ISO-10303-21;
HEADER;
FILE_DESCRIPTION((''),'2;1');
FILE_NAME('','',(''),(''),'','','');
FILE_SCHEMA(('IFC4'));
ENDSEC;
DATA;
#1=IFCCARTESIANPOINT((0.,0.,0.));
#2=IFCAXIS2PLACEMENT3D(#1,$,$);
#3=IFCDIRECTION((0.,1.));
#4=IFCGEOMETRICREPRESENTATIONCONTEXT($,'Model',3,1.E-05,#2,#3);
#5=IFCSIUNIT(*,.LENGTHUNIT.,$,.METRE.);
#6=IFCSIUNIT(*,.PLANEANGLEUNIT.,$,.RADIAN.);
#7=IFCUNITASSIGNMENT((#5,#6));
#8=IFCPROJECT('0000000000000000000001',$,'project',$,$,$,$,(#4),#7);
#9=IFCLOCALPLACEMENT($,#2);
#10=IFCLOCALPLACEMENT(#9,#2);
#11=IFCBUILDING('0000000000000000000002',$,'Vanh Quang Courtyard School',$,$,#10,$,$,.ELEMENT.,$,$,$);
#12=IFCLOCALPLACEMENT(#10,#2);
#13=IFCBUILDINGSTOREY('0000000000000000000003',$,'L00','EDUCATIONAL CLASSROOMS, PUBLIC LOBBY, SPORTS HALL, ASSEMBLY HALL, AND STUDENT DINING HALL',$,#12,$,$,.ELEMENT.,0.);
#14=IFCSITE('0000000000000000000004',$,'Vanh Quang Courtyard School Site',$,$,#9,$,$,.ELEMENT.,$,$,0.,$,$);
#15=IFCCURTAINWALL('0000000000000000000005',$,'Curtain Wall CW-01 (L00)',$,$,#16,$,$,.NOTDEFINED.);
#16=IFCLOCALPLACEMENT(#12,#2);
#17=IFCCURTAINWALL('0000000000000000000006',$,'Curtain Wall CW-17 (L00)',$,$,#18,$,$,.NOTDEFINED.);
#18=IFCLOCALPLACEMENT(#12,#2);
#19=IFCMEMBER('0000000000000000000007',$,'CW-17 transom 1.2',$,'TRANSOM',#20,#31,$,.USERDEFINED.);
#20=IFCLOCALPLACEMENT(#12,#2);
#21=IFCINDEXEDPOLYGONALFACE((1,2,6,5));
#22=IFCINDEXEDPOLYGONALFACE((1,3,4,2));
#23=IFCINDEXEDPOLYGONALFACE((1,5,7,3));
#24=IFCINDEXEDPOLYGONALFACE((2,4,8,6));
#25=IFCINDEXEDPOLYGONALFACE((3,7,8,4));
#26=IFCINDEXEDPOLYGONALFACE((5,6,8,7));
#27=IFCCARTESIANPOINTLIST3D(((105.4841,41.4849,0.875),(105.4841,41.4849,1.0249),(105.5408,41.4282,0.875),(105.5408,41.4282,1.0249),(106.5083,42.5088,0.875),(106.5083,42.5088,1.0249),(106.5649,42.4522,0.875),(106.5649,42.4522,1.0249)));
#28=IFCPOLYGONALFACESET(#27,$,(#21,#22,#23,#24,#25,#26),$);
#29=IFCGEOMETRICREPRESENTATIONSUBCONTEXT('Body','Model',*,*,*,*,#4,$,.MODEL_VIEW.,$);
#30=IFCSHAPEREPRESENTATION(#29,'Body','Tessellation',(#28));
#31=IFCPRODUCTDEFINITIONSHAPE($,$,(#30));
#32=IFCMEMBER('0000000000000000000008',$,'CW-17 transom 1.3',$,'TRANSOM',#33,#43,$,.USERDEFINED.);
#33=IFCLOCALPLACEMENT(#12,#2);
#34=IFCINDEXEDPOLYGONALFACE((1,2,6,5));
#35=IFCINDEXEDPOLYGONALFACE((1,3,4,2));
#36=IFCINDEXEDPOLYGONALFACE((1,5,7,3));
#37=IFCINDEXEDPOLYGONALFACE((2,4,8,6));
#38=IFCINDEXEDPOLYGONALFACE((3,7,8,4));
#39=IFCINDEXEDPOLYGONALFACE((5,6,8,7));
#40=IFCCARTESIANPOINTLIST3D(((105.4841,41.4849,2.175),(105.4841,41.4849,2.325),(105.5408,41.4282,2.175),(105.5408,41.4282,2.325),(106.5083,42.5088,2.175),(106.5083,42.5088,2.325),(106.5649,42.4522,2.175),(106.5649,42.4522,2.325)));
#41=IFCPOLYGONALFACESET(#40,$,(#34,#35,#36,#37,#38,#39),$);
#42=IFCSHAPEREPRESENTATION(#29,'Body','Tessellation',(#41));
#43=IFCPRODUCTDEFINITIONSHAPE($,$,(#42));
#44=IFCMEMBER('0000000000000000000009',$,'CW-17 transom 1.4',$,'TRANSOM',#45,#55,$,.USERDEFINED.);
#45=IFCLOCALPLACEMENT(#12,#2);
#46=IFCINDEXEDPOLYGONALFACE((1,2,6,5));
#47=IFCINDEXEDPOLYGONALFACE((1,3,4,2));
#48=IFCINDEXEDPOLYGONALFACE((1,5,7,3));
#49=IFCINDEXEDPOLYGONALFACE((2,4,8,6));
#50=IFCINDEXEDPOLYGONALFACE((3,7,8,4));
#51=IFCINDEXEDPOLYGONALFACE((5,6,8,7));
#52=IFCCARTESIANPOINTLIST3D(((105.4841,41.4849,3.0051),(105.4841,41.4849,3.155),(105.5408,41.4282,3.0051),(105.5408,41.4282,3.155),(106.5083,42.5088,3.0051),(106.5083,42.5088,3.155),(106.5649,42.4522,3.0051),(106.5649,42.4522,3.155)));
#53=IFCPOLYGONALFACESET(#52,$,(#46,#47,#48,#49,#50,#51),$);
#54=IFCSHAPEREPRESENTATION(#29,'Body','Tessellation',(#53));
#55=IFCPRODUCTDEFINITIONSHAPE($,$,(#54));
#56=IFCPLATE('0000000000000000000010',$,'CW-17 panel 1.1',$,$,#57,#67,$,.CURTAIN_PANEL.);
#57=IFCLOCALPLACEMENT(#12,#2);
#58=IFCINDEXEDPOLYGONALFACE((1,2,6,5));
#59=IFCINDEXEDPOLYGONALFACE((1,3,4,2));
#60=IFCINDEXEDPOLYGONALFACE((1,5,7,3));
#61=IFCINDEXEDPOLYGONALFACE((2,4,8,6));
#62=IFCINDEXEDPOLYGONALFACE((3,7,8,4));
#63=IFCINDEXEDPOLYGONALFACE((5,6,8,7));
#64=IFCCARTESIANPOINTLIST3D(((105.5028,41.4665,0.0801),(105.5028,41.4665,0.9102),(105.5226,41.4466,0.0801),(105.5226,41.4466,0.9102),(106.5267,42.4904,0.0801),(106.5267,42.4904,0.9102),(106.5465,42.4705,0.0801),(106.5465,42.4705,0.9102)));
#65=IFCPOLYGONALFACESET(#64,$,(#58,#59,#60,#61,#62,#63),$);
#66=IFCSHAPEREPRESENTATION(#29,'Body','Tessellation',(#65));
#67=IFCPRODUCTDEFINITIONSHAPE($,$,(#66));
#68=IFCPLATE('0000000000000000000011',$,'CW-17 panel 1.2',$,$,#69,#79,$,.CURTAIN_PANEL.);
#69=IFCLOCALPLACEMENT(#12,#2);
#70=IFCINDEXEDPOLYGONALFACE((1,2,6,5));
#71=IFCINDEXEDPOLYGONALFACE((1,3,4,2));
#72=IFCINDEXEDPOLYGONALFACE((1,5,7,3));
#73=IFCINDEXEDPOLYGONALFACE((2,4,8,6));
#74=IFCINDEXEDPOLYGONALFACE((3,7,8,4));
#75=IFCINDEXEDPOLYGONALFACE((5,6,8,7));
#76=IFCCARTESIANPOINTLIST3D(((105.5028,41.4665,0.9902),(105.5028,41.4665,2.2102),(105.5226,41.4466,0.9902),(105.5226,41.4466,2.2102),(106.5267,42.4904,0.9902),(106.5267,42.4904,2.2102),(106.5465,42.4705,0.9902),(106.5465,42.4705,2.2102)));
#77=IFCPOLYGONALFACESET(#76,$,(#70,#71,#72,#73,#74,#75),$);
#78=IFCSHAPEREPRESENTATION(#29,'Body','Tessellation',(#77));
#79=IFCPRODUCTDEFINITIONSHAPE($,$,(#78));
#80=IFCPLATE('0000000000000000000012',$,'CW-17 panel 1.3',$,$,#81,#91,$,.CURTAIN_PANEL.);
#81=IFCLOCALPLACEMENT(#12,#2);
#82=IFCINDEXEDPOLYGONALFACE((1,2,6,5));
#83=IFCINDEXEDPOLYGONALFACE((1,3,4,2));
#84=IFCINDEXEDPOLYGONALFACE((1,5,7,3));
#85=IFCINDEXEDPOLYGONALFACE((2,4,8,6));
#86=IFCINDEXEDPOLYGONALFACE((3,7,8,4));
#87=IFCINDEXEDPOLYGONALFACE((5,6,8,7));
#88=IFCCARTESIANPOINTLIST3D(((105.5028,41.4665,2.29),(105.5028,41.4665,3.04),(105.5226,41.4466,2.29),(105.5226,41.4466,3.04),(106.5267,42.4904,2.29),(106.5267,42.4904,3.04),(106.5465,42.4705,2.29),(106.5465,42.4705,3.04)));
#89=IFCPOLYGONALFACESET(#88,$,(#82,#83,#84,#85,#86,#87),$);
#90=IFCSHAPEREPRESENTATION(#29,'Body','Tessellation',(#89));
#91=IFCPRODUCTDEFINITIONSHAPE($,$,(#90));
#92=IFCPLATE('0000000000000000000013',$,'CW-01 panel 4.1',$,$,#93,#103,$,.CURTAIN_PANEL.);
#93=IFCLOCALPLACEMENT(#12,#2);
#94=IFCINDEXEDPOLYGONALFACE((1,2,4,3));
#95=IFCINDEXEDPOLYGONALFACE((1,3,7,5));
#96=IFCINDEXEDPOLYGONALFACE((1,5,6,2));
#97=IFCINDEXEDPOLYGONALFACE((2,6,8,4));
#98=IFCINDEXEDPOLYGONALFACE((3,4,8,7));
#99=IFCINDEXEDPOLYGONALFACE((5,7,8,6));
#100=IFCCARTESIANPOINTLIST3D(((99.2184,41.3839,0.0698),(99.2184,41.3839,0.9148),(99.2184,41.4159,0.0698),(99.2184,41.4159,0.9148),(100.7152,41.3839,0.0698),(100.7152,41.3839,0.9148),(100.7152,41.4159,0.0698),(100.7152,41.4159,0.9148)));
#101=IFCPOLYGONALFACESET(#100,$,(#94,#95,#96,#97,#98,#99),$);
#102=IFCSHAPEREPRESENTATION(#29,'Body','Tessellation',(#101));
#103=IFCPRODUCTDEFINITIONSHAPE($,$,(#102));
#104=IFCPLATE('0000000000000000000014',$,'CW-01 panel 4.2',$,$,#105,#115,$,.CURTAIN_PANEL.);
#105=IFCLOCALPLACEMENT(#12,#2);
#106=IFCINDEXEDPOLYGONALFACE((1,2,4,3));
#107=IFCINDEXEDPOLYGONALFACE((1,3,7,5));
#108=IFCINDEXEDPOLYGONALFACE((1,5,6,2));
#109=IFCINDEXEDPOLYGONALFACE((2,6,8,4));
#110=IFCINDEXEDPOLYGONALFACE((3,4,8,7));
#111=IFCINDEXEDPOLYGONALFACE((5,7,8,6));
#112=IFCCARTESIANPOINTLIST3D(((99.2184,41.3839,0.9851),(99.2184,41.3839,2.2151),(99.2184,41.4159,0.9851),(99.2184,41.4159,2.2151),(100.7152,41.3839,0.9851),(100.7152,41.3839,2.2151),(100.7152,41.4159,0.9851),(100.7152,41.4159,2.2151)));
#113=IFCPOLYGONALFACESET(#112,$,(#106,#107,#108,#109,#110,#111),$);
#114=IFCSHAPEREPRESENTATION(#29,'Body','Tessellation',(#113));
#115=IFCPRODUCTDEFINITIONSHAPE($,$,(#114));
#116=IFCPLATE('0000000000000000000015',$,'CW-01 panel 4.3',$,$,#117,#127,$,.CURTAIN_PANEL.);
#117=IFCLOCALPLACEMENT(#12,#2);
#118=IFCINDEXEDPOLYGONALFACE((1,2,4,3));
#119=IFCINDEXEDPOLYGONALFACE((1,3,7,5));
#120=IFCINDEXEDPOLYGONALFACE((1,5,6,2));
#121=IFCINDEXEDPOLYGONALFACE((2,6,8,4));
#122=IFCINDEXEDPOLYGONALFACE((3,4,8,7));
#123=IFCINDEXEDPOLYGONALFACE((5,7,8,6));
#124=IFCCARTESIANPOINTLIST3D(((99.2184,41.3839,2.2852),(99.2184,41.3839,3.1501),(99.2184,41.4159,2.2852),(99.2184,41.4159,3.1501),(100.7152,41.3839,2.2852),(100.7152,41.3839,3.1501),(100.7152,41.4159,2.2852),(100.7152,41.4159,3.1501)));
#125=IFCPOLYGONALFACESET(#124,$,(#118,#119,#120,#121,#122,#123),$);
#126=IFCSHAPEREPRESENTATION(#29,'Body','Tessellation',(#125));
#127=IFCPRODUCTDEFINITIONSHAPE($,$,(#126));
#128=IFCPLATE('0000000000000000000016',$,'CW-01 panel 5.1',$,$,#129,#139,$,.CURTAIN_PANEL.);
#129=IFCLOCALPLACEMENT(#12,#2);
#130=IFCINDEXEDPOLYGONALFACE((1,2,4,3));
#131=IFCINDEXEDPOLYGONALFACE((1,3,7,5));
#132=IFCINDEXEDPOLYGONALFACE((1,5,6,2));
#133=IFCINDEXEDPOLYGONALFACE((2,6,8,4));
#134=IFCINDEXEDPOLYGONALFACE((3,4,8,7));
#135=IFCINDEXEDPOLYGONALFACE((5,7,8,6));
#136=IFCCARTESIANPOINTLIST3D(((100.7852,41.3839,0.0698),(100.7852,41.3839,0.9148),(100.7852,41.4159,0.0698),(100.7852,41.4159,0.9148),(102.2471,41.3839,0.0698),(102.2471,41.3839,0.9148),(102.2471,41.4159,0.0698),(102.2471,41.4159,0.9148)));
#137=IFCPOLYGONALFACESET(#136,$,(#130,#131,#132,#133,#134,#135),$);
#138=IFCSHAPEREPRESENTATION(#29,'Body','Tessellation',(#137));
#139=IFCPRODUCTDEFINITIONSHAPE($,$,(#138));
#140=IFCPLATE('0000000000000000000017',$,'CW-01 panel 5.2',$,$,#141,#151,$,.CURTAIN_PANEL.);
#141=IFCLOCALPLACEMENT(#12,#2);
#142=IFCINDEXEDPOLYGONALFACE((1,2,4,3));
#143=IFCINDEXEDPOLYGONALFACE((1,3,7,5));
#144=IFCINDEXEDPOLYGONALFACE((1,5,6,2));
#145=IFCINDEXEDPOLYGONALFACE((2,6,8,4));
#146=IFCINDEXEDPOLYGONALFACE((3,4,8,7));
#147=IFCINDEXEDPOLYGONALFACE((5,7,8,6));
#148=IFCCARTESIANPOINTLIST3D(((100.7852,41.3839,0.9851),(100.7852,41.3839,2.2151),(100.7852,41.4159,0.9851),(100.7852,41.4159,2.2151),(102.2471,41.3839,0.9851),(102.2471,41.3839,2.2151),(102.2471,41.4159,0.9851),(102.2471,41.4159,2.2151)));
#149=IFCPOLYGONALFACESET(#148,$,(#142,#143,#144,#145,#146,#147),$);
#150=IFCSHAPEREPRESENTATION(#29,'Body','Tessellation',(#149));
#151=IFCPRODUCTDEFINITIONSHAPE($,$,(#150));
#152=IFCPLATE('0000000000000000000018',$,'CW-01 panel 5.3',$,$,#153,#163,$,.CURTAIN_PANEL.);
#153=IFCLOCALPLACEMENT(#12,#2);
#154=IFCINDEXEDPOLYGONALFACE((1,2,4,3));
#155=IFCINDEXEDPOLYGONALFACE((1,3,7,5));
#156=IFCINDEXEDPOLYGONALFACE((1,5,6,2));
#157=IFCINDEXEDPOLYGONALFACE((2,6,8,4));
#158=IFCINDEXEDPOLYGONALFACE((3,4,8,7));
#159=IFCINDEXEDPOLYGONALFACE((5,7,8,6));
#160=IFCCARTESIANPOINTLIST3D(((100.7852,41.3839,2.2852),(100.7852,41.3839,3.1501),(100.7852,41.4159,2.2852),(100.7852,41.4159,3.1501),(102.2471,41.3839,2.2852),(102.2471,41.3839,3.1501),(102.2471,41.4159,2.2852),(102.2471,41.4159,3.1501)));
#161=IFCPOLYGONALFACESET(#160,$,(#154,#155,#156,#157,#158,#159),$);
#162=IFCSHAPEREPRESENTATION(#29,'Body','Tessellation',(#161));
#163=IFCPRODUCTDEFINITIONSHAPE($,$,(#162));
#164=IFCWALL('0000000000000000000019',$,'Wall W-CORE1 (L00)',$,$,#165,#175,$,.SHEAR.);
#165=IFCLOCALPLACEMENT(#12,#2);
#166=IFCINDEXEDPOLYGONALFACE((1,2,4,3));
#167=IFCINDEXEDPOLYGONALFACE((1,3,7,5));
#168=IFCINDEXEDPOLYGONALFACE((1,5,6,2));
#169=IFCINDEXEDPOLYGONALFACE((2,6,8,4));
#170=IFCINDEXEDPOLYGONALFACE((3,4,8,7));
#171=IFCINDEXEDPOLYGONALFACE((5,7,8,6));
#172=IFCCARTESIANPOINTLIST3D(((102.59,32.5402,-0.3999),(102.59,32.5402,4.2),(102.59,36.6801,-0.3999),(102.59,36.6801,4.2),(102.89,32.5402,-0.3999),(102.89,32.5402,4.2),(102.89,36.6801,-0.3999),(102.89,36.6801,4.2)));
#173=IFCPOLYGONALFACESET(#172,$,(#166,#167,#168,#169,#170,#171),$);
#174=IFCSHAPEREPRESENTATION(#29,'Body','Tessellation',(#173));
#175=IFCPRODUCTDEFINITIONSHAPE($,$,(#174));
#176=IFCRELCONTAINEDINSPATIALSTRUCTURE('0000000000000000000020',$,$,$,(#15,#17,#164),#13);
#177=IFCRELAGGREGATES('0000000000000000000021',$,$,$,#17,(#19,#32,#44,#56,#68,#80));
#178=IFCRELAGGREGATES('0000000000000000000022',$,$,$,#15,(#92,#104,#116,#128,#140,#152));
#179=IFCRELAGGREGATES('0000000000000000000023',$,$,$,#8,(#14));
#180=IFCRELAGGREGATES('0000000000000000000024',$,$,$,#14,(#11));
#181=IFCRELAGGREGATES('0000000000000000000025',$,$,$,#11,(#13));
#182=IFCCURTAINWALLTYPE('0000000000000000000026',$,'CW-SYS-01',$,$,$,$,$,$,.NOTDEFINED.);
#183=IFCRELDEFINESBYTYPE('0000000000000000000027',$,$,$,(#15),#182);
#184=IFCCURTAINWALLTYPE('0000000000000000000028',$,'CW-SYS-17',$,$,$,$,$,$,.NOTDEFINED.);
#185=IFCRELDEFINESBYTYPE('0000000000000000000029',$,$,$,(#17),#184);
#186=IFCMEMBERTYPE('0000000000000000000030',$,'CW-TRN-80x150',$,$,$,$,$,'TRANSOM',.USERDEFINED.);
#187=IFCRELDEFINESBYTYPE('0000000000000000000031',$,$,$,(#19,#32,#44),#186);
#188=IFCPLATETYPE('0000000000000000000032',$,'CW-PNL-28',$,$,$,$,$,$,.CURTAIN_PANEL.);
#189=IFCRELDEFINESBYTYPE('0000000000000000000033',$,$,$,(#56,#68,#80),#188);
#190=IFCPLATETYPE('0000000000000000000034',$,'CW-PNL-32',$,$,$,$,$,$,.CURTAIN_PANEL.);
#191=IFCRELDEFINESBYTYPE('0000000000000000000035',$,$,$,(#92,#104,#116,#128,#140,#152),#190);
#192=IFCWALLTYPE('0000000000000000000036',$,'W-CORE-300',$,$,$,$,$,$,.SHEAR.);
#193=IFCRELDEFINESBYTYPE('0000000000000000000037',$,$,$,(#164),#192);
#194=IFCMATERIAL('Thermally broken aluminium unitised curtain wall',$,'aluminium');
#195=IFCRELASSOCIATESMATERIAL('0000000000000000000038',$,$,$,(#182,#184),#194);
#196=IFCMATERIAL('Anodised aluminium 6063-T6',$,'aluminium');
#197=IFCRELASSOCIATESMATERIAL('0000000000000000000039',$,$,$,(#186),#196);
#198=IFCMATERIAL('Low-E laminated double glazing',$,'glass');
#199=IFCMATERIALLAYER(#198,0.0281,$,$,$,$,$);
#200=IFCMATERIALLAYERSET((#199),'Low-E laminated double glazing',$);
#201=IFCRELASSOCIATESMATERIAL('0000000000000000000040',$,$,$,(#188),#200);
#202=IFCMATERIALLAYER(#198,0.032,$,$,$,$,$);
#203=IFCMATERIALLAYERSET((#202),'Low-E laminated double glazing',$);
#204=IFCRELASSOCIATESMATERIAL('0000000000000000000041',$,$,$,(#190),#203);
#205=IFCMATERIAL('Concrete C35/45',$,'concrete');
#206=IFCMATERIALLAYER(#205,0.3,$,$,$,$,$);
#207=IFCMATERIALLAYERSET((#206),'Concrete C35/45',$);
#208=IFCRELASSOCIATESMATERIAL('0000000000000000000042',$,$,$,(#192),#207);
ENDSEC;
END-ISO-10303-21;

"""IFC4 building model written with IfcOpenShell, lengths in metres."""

from ifc_helpers import new_model, si_unit, direction, frame, frame_2d, origin, origin_2d, place, context, subcontext, project, spatial, rectangle, extrude, material, layer, layer_set, material_profile, profile_set, type_object, element, aggregate, save


model = new_model("IFC4")

# Units and contexts
model_context = context("Model", 3, precision=1e-05, world=origin(), true_north=direction((0.0, 1.0)))
body_context = subcontext(model_context, "Body", "Model", "MODEL_VIEW")
ifc_project = project(units=[si_unit("LENGTHUNIT", "METRE"), si_unit("PLANEANGLEUNIT", "RADIAN")], contexts=[model_context])

# Site, building, storey
site_placement = place(None, origin())
site = spatial("IfcSite", under=ifc_project, at=site_placement, Name="Vanh Quang Courtyard School Site", CompositionType="ELEMENT", RefElevation=0.0)
building_placement = place(site_placement, origin())
building = spatial("IfcBuilding", under=site, at=building_placement, Name="Vanh Quang Courtyard School", CompositionType="ELEMENT")
storey_placement = place(building_placement, origin())
storey = spatial("IfcBuildingStorey", under=building, at=storey_placement, Name="L00", Description="EDUCATIONAL CLASSROOMS, PUBLIC LOBBY, SPORTS HALL, ASSEMBLY HALL, AND STUDENT DINING HALL", CompositionType="ELEMENT", Elevation=0.0)

# Shared definitions
ifc_material_1 = material(Name="Concrete C35/45", Category="concrete")

# Curtain wall
ifc_material_2 = material(Name="Thermally broken aluminium unitised curtain wall", Category="aluminium")
curtain_wall_type_1 = type_object("IfcCurtainWallType", Name="CW-SYS-01", PredefinedType="NOTDEFINED", material=ifc_material_2)
curtain_wall_1_placement = place(storey_placement, origin())
curtain_wall_1 = element("IfcCurtainWall", 1, at=curtain_wall_1_placement, inside=storey, type_object=curtain_wall_type_1, Name="Curtain Wall CW-01 (L00)", PredefinedType="NOTDEFINED")
ifc_material_3 = material(Name="Anodised aluminium 6063-T6", Category="aluminium")

# Curtain wall
curtain_wall_type_2 = type_object("IfcCurtainWallType", Name="CW-SYS-17", PredefinedType="NOTDEFINED", material=ifc_material_2)
curtain_wall_2_placement = place(storey_placement, origin())
curtain_wall_2 = element("IfcCurtainWall", 2, at=curtain_wall_2_placement, inside=storey, type_object=curtain_wall_type_2, Name="Curtain Wall CW-17 (L00)", PredefinedType="NOTDEFINED")

# Members
ifc_material_profile_1 = material_profile(ifc_material_3, rectangle(XDim=0.0801, YDim=0.1499, at=origin_2d()), Name="ALU-TRN 80x150")
ifc_profile_set_1 = profile_set([ifc_material_profile_1], Name="Anodised aluminium 6063-T6")
member_type_1 = type_object("IfcMemberType", Name="CW-TRN-80x150", ElementType="TRANSOM", PredefinedType="USERDEFINED", material=ifc_profile_set_1)
member_1_placement = place(storey_placement, frame((105.5125, 41.4565, 0.95), z_axis=(0.707191, 0.707022, 0.0), x_axis=(-0.707022, 0.707191, 0.0)))
member_1 = element("IfcMember", 3, at=member_1_placement, type_object=member_type_1, Name="CW-17 transom 1.2", ObjectType="TRANSOM", PredefinedType="USERDEFINED", context=body_context, shape_type="SweptSolid", body=[
    extrude(rectangle(XDim=0.0801, YDim=0.1499, at=origin_2d()), origin(), (0.0, 0.0, 1.0), 1.4482),
])
member_2_placement = place(storey_placement, frame((105.5125, 41.4565, 2.25), z_axis=(0.707191, 0.707022, 0.0), x_axis=(-0.707022, 0.707191, 0.0)))
member_2 = element("IfcMember", 4, at=member_2_placement, type_object=member_type_1, Name="CW-17 transom 1.3", ObjectType="TRANSOM", PredefinedType="USERDEFINED", context=body_context, shape_type="SweptSolid", body=[
    extrude(rectangle(XDim=0.0801, YDim=0.1499, at=origin_2d()), origin(), (0.0, 0.0, 1.0), 1.4482),
])
member_3_placement = place(storey_placement, frame((105.5125, 41.4565, 3.0801), z_axis=(0.707191, 0.707022, 0.0), x_axis=(-0.707022, 0.707191, 0.0)))
member_3 = element("IfcMember", 5, at=member_3_placement, type_object=member_type_1, Name="CW-17 transom 1.4", ObjectType="TRANSOM", PredefinedType="USERDEFINED", context=body_context, shape_type="SweptSolid", body=[
    extrude(rectangle(XDim=0.0801, YDim=0.1499, at=origin_2d()), origin(), (0.0, 0.0, 1.0), 1.4482),
])

# Plates
ifc_material_4 = material(Name="Low-E laminated double glazing", Category="glass")
ifc_layer_1 = layer(ifc_material_4, 0.0281)
ifc_layer_set_1 = layer_set([ifc_layer_1], Name="Low-E laminated double glazing")
plate_type_1 = type_object("IfcPlateType", Name="CW-PNL-28", PredefinedType="CURTAIN_PANEL", material=ifc_layer_set_1)
plate_1_placement = place(storey_placement, frame((106.0247, 41.9685, 0.0801), z_axis=(0.0, 0.0, 1.0), x_axis=(0.707107, 0.707107, 0.0)))
plate_1 = element("IfcPlate", 6, at=plate_1_placement, type_object=plate_type_1, Name="CW-17 panel 1.1", PredefinedType="CURTAIN_PANEL", context=body_context, shape_type="SweptSolid", body=[
    extrude(rectangle(XDim=1.448, YDim=0.0281, at=origin_2d()), origin(), (0.0, 0.0, 1.0), 0.8301),
])
plate_2_placement = place(storey_placement, frame((106.0247, 41.9685, 0.9902), z_axis=(0.0, 0.0, 1.0), x_axis=(0.707107, 0.707107, 0.0)))
plate_2 = element("IfcPlate", 7, at=plate_2_placement, type_object=plate_type_1, Name="CW-17 panel 1.2", PredefinedType="CURTAIN_PANEL", context=body_context, shape_type="SweptSolid", body=[
    extrude(rectangle(XDim=1.448, YDim=0.0281, at=origin_2d()), origin(), (0.0, 0.0, 1.0), 1.22),
])
plate_3_placement = place(storey_placement, frame((106.0247, 41.9685, 2.29), z_axis=(0.0, 0.0, 1.0), x_axis=(0.707107, 0.707107, 0.0)))
plate_3 = element("IfcPlate", 8, at=plate_3_placement, type_object=plate_type_1, Name="CW-17 panel 1.3", PredefinedType="CURTAIN_PANEL", context=body_context, shape_type="SweptSolid", body=[
    extrude(rectangle(XDim=1.448, YDim=0.0281, at=origin_2d()), origin(), (0.0, 0.0, 1.0), 0.75),
])
aggregate(curtain_wall_2, [member_1, member_2, member_3, plate_1, plate_2, plate_3])
ifc_layer_2 = layer(ifc_material_4, 0.032)
ifc_layer_set_2 = layer_set([ifc_layer_2], Name="Low-E laminated double glazing")
plate_type_2 = type_object("IfcPlateType", Name="CW-PNL-32", PredefinedType="CURTAIN_PANEL", material=ifc_layer_set_2)
plate_4_placement = place(storey_placement, frame((99.9668, 41.3999, 0.0698), z_axis=(0.0, 0.0, 1.0), x_axis=(1.0, 0.0, 0.0)))
plate_4 = element("IfcPlate", 9, at=plate_4_placement, type_object=plate_type_2, Name="CW-01 panel 4.1", PredefinedType="CURTAIN_PANEL", context=body_context, shape_type="SweptSolid", body=[
    extrude(rectangle(XDim=1.4968, YDim=0.032, at=origin_2d()), origin(), (0.0, 0.0, 1.0), 0.845),
])
plate_5_placement = place(storey_placement, frame((99.9668, 41.3999, 0.9851), z_axis=(0.0, 0.0, 1.0), x_axis=(1.0, 0.0, 0.0)))
plate_5 = element("IfcPlate", 10, at=plate_5_placement, type_object=plate_type_2, Name="CW-01 panel 4.2", PredefinedType="CURTAIN_PANEL", context=body_context, shape_type="SweptSolid", body=[
    extrude(rectangle(XDim=1.4968, YDim=0.032, at=origin_2d()), origin(), (0.0, 0.0, 1.0), 1.23),
])
plate_6_placement = place(storey_placement, frame((99.9668, 41.3999, 2.2852), z_axis=(0.0, 0.0, 1.0), x_axis=(1.0, 0.0, 0.0)))
plate_6 = element("IfcPlate", 11, at=plate_6_placement, type_object=plate_type_2, Name="CW-01 panel 4.3", PredefinedType="CURTAIN_PANEL", context=body_context, shape_type="SweptSolid", body=[
    extrude(rectangle(XDim=1.4968, YDim=0.032, at=origin_2d()), origin(), (0.0, 0.0, 1.0), 0.865),
])
plate_7_placement = place(storey_placement, frame((101.5161, 41.3999, 0.0698), z_axis=(0.0, 0.0, 1.0), x_axis=(1.0, 0.0, 0.0)))
plate_7 = element("IfcPlate", 12, at=plate_7_placement, type_object=plate_type_2, Name="CW-01 panel 5.1", PredefinedType="CURTAIN_PANEL", context=body_context, shape_type="SweptSolid", body=[
    extrude(rectangle(XDim=1.4619, YDim=0.032, at=origin_2d()), origin(), (0.0, 0.0, 1.0), 0.845),
])
plate_8_placement = place(storey_placement, frame((101.5161, 41.3999, 0.9851), z_axis=(0.0, 0.0, 1.0), x_axis=(1.0, 0.0, 0.0)))
plate_8 = element("IfcPlate", 13, at=plate_8_placement, type_object=plate_type_2, Name="CW-01 panel 5.2", PredefinedType="CURTAIN_PANEL", context=body_context, shape_type="SweptSolid", body=[
    extrude(rectangle(XDim=1.4619, YDim=0.032, at=origin_2d()), origin(), (0.0, 0.0, 1.0), 1.23),
])
plate_9_placement = place(storey_placement, frame((101.5161, 41.3999, 2.2852), z_axis=(0.0, 0.0, 1.0), x_axis=(1.0, 0.0, 0.0)))
plate_9 = element("IfcPlate", 14, at=plate_9_placement, type_object=plate_type_2, Name="CW-01 panel 5.3", PredefinedType="CURTAIN_PANEL", context=body_context, shape_type="SweptSolid", body=[
    extrude(rectangle(XDim=1.4619, YDim=0.032, at=origin_2d()), origin(), (0.0, 0.0, 1.0), 0.865),
])
aggregate(curtain_wall_1, [plate_4, plate_5, plate_6, plate_7, plate_8, plate_9])

# Wall
ifc_layer_3 = layer(ifc_material_1, 0.3)
ifc_layer_set_3 = layer_set([ifc_layer_3], Name="Concrete C35/45")
wall_type_1 = type_object("IfcWallType", Name="W-CORE-300", PredefinedType="SHEAR", material=ifc_layer_set_3)
wall_1_placement = place(storey_placement, frame((102.74, 36.6799, -0.3999), z_axis=(0.0, 0.0, 1.0), x_axis=(0.0, -1.0, 0.0)))
element("IfcWall", 15, at=wall_1_placement, inside=storey, type_object=wall_type_1, Name="Wall W-CORE1 (L00)", PredefinedType="SHEAR", context=body_context, shape_type="SweptSolid", body=[
    extrude(rectangle(XDim=4.1399, YDim=0.3, at=frame_2d((2.0698, 0.0))), origin(), (0.0, 0.0, 1.0), 4.5999),
])

save(model, "model.ifc")
